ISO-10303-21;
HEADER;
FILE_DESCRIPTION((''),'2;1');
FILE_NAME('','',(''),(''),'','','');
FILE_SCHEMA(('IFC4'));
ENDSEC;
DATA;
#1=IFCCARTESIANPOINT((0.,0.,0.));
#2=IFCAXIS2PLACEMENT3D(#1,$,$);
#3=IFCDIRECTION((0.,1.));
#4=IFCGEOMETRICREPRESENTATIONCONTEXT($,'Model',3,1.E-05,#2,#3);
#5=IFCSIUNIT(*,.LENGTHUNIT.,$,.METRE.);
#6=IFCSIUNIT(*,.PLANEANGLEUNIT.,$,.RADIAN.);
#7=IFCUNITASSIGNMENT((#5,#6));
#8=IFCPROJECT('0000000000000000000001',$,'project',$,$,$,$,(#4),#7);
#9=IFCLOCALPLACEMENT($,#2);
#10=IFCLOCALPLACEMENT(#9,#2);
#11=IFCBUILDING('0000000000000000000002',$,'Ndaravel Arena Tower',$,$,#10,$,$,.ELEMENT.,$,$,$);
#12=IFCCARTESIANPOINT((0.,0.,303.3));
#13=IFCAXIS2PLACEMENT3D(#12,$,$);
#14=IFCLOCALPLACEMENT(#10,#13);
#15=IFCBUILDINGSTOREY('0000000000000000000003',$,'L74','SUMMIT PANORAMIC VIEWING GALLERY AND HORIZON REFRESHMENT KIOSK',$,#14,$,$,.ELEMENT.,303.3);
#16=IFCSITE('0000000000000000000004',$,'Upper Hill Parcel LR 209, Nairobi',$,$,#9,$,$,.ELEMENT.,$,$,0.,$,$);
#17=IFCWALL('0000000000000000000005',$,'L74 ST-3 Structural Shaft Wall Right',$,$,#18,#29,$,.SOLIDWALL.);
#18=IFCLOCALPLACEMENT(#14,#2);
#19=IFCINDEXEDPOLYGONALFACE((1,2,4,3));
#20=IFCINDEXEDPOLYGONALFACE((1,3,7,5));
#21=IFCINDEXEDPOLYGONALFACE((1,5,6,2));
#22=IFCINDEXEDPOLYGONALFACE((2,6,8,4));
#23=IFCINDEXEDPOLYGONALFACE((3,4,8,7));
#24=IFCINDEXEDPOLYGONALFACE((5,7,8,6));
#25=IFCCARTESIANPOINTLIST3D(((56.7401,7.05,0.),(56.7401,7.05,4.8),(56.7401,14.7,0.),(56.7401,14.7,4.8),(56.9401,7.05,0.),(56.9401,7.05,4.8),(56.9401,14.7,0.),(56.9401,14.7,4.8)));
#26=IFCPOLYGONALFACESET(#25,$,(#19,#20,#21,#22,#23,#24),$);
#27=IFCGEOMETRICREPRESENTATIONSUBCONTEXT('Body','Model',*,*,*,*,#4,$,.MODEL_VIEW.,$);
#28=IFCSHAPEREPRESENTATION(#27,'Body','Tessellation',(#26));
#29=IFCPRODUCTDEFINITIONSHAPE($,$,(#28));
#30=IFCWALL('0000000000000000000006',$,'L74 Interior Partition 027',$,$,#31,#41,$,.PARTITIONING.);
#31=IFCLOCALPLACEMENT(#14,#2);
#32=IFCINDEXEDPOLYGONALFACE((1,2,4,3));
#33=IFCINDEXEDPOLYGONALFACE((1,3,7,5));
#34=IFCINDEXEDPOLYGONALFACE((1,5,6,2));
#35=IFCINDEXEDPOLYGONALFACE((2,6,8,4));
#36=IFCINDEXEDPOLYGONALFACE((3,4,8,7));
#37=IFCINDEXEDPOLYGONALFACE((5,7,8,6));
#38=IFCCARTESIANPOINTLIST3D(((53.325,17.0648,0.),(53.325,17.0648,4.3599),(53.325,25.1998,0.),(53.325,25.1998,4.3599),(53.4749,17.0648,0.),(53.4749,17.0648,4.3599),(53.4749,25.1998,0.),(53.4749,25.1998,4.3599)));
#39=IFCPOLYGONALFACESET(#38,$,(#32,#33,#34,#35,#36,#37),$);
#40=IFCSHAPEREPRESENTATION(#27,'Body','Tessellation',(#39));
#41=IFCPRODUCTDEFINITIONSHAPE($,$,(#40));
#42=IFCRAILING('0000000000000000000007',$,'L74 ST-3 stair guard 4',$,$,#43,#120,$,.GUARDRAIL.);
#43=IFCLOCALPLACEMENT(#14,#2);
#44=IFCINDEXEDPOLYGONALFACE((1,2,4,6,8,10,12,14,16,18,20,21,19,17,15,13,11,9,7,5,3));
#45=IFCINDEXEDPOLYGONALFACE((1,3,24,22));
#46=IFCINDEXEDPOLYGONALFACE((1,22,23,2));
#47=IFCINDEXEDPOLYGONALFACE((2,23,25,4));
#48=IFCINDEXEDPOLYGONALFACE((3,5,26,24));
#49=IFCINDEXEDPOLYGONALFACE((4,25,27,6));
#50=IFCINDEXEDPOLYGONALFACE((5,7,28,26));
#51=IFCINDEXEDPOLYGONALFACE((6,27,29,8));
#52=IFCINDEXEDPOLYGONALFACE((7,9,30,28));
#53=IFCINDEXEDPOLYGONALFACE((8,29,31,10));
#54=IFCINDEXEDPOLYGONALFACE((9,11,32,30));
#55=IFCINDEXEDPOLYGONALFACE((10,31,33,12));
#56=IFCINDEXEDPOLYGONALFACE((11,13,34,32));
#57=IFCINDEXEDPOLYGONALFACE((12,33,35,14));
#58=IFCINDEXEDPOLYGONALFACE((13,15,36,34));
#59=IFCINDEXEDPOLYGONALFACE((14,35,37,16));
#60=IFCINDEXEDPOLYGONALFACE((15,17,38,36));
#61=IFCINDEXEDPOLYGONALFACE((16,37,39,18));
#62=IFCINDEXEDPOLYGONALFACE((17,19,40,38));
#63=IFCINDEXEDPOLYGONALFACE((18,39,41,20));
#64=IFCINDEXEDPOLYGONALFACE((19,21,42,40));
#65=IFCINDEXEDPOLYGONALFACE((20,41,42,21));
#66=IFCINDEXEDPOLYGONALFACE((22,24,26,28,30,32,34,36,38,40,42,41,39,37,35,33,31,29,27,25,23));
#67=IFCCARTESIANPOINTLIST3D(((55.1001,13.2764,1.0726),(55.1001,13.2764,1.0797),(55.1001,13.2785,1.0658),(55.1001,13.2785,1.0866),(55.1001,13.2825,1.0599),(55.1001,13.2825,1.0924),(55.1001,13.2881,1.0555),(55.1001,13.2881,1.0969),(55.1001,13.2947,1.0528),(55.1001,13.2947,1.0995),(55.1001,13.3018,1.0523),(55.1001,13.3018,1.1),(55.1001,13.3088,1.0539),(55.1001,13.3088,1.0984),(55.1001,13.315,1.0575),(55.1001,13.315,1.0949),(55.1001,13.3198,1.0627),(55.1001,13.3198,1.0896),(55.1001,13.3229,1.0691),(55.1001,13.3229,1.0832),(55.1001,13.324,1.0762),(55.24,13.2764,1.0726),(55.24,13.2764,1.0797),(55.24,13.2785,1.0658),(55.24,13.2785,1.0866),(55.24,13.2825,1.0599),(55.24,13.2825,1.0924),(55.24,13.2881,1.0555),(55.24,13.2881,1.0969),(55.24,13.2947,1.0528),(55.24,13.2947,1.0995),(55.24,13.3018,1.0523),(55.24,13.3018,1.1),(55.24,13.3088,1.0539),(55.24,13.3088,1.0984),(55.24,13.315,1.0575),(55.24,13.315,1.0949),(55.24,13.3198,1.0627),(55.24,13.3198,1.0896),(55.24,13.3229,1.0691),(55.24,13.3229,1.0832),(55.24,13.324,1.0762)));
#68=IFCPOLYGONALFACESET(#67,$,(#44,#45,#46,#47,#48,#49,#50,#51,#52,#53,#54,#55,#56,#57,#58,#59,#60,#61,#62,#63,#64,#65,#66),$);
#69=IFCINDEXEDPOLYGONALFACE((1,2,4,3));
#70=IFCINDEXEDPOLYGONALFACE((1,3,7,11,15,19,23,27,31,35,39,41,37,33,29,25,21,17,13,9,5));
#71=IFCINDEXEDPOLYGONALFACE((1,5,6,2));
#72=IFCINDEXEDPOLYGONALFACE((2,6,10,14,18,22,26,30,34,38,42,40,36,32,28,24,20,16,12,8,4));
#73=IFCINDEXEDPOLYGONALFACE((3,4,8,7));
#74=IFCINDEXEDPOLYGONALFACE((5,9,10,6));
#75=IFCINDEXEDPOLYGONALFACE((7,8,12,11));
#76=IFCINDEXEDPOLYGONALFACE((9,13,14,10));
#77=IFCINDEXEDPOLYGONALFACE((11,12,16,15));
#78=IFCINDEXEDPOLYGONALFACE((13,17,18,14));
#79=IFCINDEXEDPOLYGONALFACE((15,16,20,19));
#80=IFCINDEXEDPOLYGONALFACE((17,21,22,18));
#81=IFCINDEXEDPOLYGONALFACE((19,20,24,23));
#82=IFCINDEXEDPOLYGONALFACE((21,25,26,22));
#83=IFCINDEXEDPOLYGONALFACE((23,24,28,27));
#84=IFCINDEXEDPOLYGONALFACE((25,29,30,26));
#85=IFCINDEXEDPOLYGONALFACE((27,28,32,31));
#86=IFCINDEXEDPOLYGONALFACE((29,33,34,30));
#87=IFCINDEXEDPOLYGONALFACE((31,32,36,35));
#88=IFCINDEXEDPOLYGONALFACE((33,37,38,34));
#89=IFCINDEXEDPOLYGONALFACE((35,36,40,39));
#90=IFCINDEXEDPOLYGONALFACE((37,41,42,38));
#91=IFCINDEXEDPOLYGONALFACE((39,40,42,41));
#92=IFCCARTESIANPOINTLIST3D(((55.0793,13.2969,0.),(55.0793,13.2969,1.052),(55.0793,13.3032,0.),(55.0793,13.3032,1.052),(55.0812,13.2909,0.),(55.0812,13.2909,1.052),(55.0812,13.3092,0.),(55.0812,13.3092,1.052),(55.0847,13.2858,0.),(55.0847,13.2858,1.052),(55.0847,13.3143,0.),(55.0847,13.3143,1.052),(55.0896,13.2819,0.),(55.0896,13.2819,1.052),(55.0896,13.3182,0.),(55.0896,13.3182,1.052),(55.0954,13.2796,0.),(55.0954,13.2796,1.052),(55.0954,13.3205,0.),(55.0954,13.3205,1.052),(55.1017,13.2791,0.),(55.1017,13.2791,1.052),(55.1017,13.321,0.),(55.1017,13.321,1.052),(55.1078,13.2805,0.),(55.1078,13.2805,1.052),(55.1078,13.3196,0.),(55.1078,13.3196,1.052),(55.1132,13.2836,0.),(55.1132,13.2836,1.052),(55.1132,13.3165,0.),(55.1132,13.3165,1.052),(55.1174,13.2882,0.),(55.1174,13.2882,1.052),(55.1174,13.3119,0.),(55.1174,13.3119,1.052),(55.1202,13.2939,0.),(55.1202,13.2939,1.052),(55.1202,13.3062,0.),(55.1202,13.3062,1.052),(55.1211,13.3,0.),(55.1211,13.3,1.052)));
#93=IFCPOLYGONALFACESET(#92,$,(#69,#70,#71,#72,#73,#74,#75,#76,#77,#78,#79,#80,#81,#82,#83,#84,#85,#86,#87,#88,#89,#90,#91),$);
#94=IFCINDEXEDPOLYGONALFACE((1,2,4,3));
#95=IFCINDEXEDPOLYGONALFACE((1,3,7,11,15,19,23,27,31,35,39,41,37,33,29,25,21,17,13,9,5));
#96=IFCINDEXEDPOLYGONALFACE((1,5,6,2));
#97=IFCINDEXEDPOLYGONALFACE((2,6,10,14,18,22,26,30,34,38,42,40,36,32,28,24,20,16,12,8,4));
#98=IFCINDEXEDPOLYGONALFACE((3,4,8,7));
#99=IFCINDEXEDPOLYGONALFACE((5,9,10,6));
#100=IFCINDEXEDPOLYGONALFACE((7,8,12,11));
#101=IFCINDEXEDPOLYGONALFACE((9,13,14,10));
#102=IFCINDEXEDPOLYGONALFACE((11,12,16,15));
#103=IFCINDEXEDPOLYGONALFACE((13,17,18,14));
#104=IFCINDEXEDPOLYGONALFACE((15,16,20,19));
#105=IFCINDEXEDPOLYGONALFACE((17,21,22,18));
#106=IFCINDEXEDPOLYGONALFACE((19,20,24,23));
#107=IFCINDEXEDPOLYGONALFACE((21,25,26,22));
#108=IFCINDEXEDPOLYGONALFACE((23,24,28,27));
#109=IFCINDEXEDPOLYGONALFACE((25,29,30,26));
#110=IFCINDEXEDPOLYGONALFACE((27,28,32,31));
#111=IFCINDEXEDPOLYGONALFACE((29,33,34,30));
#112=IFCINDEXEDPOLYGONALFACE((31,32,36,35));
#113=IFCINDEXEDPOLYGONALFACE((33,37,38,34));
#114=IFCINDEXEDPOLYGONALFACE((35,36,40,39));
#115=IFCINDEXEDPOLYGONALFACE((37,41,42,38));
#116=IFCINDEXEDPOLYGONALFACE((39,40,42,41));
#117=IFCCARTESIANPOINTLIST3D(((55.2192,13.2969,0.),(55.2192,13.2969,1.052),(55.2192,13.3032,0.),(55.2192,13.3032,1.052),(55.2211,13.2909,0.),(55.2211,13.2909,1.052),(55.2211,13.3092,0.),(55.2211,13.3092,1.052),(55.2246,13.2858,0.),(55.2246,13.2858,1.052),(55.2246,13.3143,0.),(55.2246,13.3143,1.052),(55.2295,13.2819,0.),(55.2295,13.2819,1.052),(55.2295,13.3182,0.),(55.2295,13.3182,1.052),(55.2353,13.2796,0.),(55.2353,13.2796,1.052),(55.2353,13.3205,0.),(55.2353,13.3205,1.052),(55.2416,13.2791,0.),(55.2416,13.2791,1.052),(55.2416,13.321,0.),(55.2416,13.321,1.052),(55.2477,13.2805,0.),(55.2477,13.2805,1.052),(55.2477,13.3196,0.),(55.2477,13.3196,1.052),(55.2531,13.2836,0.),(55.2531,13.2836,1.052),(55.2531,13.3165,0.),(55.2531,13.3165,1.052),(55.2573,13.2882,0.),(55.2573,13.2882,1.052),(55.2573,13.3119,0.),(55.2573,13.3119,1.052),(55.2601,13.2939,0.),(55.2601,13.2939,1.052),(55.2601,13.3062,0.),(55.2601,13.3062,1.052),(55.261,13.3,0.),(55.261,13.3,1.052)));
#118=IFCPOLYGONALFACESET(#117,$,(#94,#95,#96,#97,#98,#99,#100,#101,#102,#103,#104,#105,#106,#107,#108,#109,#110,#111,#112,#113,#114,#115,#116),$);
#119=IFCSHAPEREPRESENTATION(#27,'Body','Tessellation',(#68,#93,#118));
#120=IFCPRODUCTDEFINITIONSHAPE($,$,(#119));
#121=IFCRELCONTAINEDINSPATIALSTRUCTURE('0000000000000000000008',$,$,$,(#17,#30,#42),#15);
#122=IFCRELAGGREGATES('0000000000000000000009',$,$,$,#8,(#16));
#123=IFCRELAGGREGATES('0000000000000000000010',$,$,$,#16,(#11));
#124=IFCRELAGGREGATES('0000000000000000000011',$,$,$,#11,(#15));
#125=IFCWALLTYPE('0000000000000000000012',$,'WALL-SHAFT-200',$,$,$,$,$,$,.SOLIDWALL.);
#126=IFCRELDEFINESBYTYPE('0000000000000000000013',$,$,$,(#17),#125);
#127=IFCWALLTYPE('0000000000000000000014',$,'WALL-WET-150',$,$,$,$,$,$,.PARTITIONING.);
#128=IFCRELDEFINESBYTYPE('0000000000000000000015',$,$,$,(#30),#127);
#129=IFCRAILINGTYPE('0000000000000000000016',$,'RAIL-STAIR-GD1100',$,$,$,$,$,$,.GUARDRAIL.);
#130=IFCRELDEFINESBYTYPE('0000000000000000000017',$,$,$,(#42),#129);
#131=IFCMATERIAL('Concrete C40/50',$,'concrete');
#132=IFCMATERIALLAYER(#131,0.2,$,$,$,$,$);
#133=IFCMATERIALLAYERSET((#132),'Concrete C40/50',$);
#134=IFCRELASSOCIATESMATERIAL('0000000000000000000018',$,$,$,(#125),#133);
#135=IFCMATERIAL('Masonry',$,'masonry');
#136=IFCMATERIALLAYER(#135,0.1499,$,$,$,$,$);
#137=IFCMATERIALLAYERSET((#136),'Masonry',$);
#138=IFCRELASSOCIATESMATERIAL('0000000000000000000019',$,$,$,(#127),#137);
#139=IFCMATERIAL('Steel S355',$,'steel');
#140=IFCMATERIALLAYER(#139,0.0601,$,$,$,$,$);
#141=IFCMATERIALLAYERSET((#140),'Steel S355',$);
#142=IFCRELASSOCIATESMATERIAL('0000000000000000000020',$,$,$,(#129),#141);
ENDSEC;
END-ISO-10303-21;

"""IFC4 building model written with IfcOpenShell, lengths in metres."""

from ifc_helpers import new_model, si_unit, direction, frame, frame_2d, origin, origin_2d, place, context, subcontext, project, spatial, rectangle, circle, extrude, material, layer, layer_set, type_object, element, save


model = new_model("IFC4")

# Units and contexts
model_context = context("Model", 3, precision=1e-05, world=origin(), true_north=direction((0.0, 1.0)))
body_context = subcontext(model_context, "Body", "Model", "MODEL_VIEW")
ifc_project = project(units=[si_unit("LENGTHUNIT", "METRE"), si_unit("PLANEANGLEUNIT", "RADIAN")], contexts=[model_context])

# Site, building, storey
site_placement = place(None, origin())
site = spatial("IfcSite", under=ifc_project, at=site_placement, Name="Upper Hill Parcel LR 209, Nairobi", CompositionType="ELEMENT", RefElevation=0.0)
building_placement = place(site_placement, origin())
building = spatial("IfcBuilding", under=site, at=building_placement, Name="Ndaravel Arena Tower", CompositionType="ELEMENT")
storey_placement = place(building_placement, frame((0.0, 0.0, 303.3)))
storey = spatial("IfcBuildingStorey", under=building, at=storey_placement, Name="L74", Description="SUMMIT PANORAMIC VIEWING GALLERY AND HORIZON REFRESHMENT KIOSK", CompositionType="ELEMENT", Elevation=303.3)

# Walls
ifc_material_1 = material(Name="Concrete C40/50", Category="concrete")
ifc_layer_1 = layer(ifc_material_1, 0.2)
ifc_layer_set_1 = layer_set([ifc_layer_1], Name="Concrete C40/50")
wall_type_1 = type_object("IfcWallType", Name="WALL-SHAFT-200", PredefinedType="SOLIDWALL", material=ifc_layer_set_1)
wall_1_placement = place(storey_placement, frame((56.8401, 14.7, 0.0), z_axis=(0.0, 0.0, 1.0), x_axis=(0.0, -1.0, 0.0)))
element("IfcWall", 1, at=wall_1_placement, inside=storey, type_object=wall_type_1, Name="L74 ST-3 Structural Shaft Wall Right", PredefinedType="SOLIDWALL", context=body_context, shape_type="SweptSolid", body=[
    extrude(rectangle(XDim=7.6499, YDim=0.2, at=frame_2d((3.825, 0.0))), origin(), (0.0, 0.0, 1.0), 4.8),
])
ifc_material_2 = material(Name="Masonry", Category="masonry")
ifc_layer_2 = layer(ifc_material_2, 0.1499)
ifc_layer_set_2 = layer_set([ifc_layer_2], Name="Masonry")
wall_type_2 = type_object("IfcWallType", Name="WALL-WET-150", PredefinedType="PARTITIONING", material=ifc_layer_set_2)
wall_2_placement = place(storey_placement, frame((53.3999, 17.0649, 0.0), z_axis=(0.0, 0.0, 1.0), x_axis=(0.0, 1.0, 0.0)))
element("IfcWall", 2, at=wall_2_placement, inside=storey, type_object=wall_type_2, Name="L74 Interior Partition 027", PredefinedType="PARTITIONING", context=body_context, shape_type="SweptSolid", body=[
    extrude(rectangle(XDim=8.135, YDim=0.1499, at=frame_2d((4.0674, 0.0))), origin(), (0.0, 0.0, 1.0), 4.3599),
])

# Railing
ifc_material_3 = material(Name="Steel S355", Category="steel")
ifc_layer_3 = layer(ifc_material_3, 0.0601)
ifc_layer_set_3 = layer_set([ifc_layer_3], Name="Steel S355")
railing_type = type_object("IfcRailingType", Name="RAIL-STAIR-GD1100", PredefinedType="GUARDRAIL", material=ifc_layer_set_3)
railing_1_placement = place(storey_placement, frame((55.1001, 13.3, 0.0)))
element("IfcRailing", 3, at=railing_1_placement, inside=storey, type_object=railing_type, Name="L74 ST-3 stair guard 4", PredefinedType="GUARDRAIL", context=body_context, shape_type="SweptSolid", body=[
    extrude(circle(Radius=0.0239, at=origin_2d()), frame((0.0, 0.0, 1.0762), z_axis=(1.0, 0.0, 0.0), x_axis=(0.0, 1.0, 0.0)), (0.0, 0.0, 1.0), 0.1399),
    extrude(circle(Radius=0.021, at=origin_2d()), origin(), (0.0, 0.0, 1.0), 1.052),
    extrude(circle(Radius=0.021, at=origin_2d()), frame((0.1399, 0.0, 0.0)), (0.0, 0.0, 1.0), 1.052),
])

save(model, "model.ifc")
